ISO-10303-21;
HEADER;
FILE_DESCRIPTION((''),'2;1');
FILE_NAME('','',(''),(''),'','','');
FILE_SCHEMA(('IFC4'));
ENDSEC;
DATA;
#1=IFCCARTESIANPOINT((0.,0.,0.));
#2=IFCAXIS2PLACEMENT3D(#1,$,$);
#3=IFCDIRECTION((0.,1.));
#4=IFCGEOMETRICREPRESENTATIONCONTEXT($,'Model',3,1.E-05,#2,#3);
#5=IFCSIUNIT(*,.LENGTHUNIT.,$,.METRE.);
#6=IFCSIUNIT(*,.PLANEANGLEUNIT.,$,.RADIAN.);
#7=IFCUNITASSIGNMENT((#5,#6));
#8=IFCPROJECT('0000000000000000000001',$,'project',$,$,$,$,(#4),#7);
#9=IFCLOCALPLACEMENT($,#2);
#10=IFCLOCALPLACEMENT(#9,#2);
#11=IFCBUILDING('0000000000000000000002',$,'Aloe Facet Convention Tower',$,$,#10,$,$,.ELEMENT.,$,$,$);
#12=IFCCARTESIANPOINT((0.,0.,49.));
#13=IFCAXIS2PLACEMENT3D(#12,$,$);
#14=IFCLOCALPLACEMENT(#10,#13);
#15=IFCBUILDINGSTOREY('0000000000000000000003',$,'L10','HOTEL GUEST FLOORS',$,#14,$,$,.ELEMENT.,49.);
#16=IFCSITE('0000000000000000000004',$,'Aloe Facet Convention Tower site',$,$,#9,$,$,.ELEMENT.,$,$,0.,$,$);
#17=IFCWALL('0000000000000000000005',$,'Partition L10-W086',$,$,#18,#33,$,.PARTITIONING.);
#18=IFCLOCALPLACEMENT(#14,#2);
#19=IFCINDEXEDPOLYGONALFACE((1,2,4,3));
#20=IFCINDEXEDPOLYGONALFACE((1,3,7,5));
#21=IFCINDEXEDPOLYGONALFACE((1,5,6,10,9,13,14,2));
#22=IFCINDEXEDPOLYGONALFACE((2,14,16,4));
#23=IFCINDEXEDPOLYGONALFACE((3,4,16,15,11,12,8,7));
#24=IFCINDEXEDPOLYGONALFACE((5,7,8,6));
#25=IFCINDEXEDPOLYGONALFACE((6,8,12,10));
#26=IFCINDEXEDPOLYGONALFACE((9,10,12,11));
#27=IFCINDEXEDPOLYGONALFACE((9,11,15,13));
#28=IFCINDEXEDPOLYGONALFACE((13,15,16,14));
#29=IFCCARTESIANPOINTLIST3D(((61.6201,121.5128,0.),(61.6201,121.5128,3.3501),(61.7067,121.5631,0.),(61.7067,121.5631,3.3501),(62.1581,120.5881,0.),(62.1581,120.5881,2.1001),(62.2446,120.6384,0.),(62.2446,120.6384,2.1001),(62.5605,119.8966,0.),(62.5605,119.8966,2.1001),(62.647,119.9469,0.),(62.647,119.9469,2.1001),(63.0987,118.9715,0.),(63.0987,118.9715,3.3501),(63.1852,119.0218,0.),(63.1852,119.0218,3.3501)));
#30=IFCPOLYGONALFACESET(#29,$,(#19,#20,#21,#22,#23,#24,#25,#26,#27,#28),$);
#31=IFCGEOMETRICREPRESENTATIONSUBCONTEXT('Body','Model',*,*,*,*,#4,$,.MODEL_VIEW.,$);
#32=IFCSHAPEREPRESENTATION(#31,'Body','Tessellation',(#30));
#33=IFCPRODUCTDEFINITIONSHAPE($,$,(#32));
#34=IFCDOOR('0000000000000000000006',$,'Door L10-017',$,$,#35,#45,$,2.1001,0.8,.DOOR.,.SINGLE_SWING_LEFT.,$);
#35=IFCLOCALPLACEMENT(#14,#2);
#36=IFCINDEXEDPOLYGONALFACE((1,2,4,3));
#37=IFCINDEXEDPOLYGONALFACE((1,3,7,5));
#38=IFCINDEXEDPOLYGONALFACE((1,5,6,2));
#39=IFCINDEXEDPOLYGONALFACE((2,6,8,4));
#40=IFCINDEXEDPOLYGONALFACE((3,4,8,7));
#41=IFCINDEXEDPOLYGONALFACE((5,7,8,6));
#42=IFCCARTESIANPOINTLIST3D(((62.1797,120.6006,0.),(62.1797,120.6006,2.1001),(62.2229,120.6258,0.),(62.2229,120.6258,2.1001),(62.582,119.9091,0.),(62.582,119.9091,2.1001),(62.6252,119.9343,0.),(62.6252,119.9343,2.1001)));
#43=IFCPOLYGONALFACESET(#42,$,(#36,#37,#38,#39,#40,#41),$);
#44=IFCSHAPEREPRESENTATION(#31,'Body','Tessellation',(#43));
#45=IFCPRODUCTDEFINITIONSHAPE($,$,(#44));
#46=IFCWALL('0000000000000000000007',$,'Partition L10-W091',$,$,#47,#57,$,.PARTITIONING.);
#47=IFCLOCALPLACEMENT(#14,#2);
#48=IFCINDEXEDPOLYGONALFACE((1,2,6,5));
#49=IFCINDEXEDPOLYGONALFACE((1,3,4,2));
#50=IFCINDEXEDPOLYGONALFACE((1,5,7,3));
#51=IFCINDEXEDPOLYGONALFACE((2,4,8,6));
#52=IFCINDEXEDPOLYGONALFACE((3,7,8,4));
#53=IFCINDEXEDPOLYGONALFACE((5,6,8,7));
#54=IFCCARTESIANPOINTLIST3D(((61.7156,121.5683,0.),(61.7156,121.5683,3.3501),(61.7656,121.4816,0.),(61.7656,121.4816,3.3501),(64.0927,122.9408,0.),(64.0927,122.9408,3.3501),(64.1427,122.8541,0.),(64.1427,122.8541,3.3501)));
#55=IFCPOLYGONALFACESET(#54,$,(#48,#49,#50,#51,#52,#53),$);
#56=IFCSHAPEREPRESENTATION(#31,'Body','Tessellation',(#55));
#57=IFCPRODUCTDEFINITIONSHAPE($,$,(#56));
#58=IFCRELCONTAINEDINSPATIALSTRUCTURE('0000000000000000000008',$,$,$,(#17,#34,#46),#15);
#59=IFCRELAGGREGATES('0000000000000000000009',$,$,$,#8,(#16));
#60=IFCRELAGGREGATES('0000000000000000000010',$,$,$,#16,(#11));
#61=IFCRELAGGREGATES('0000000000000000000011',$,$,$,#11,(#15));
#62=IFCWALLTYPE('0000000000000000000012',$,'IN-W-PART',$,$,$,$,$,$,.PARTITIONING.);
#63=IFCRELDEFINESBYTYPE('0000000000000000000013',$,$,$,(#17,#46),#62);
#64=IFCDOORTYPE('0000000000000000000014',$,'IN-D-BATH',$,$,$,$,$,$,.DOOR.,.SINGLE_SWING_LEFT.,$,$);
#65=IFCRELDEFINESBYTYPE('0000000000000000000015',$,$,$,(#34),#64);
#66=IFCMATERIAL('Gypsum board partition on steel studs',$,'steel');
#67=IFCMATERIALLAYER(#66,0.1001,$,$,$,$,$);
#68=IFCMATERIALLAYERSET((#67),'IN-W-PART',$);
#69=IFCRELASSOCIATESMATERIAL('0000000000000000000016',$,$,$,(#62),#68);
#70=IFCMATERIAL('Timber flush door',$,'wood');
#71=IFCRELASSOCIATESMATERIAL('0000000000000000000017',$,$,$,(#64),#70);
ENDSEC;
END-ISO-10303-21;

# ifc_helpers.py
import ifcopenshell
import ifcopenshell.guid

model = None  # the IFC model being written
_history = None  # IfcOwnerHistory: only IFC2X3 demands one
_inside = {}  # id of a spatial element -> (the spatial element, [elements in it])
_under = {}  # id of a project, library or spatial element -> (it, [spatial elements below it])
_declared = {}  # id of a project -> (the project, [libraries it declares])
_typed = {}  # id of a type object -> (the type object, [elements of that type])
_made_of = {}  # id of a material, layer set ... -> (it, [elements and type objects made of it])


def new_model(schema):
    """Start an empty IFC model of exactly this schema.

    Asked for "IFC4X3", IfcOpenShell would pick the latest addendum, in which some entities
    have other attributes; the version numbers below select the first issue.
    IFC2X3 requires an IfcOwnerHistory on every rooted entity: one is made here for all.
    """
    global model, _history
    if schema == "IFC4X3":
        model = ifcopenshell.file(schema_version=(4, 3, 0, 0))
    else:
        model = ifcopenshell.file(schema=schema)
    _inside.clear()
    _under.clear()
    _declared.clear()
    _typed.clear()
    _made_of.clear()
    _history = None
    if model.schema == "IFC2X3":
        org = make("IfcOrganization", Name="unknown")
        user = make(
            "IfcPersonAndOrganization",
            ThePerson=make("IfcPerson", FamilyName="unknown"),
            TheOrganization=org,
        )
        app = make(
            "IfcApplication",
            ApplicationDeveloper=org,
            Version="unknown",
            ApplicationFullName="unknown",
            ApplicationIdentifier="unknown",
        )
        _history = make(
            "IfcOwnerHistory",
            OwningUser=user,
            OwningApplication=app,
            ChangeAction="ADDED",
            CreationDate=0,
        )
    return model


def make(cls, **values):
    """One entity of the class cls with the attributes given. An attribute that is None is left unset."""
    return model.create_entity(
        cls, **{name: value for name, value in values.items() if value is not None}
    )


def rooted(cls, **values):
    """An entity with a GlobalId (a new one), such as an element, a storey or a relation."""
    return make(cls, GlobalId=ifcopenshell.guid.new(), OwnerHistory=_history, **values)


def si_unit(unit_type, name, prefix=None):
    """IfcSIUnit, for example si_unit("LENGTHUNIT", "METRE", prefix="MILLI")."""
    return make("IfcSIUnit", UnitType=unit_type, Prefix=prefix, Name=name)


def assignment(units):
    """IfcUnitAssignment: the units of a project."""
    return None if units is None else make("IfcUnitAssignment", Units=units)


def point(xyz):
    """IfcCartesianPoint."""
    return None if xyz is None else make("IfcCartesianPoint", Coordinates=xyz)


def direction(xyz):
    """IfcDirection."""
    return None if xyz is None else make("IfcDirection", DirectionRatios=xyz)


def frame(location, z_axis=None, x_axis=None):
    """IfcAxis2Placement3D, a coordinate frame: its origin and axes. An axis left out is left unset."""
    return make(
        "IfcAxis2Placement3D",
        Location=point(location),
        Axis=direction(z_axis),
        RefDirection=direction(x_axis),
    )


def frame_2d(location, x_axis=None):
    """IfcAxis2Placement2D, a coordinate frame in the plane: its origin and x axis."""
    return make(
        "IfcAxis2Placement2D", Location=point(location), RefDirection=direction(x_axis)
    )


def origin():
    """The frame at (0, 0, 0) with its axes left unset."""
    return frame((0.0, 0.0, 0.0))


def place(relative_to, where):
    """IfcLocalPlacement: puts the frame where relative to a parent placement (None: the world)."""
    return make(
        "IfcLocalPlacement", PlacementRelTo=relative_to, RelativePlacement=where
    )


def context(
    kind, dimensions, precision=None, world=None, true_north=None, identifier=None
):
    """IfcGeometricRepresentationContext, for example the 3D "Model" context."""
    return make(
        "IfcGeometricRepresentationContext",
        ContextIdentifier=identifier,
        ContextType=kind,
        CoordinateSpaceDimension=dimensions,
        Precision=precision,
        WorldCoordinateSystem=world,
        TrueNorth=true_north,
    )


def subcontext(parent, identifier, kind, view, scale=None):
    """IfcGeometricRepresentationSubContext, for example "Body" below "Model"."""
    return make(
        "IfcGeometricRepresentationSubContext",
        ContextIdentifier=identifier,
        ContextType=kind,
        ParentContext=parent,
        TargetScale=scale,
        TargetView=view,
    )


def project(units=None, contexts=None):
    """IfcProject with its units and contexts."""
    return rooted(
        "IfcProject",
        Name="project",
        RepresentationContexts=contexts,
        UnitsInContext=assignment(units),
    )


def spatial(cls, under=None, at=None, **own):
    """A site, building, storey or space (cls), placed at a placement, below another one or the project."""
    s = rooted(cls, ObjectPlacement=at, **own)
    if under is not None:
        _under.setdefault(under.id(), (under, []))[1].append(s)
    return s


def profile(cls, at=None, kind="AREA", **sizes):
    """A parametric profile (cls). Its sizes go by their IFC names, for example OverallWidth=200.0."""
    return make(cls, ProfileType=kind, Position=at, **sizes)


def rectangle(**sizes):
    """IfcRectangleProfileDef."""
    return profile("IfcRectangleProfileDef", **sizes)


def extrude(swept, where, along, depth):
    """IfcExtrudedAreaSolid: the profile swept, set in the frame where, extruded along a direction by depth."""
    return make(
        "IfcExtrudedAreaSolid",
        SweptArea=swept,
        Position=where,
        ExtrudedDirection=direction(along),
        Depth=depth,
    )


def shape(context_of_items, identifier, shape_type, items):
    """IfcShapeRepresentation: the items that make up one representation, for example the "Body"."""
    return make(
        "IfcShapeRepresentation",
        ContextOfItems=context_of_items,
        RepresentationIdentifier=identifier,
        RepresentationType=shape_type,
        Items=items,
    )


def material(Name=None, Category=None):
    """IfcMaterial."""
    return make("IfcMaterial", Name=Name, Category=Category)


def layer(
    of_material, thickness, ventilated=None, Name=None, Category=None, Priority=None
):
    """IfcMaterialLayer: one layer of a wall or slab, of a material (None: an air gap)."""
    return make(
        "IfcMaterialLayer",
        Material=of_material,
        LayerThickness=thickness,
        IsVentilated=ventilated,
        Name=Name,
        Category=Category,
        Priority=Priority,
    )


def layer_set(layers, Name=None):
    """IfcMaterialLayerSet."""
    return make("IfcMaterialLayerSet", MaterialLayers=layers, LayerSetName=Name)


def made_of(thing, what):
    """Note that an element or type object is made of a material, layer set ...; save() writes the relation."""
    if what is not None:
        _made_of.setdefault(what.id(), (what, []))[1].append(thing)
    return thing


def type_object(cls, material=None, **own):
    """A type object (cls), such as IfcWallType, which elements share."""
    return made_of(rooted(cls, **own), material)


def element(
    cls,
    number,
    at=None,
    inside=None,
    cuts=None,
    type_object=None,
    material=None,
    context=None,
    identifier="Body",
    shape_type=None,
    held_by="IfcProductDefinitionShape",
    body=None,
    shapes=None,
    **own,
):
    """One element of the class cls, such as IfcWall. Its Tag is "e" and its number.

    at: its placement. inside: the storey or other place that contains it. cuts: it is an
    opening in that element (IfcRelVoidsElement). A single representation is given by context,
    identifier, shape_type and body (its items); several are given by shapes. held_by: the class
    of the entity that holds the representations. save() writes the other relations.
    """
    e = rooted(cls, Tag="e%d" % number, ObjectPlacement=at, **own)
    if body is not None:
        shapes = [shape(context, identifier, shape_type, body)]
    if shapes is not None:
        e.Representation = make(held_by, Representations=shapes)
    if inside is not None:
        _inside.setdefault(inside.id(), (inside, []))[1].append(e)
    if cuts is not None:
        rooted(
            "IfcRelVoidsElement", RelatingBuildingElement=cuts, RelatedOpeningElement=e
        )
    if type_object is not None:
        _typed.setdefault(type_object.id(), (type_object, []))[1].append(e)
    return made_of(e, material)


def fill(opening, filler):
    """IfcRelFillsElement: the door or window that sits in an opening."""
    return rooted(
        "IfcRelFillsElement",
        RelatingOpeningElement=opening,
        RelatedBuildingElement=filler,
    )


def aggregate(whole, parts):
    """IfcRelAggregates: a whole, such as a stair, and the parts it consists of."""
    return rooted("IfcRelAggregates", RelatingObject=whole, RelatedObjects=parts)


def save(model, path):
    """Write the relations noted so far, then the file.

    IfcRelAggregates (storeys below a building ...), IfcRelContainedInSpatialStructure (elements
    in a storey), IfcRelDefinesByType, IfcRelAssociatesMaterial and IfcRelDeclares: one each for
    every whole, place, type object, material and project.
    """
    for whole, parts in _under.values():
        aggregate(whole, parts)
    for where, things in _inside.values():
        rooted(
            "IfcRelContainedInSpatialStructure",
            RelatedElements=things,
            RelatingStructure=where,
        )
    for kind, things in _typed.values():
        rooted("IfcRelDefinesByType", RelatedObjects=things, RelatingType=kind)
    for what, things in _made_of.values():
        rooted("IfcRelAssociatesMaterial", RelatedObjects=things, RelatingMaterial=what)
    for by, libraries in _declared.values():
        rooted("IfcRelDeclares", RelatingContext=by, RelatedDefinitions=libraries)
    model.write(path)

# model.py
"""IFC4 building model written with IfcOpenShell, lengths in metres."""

from ifc_helpers import new_model, si_unit, direction, frame, frame_2d, origin, place, context, subcontext, project, spatial, rectangle, extrude, material, layer, layer_set, type_object, element, fill, save


model = new_model("IFC4")

# Units and contexts
model_context = context("Model", 3, precision=1e-05, world=origin(), true_north=direction((0.0, 1.0)))
body_context = subcontext(model_context, "Body", "Model", "MODEL_VIEW")
ifc_project = project(units=[si_unit("LENGTHUNIT", "METRE"), si_unit("PLANEANGLEUNIT", "RADIAN")], contexts=[model_context])

# Site, building, storey
site_placement = place(None, origin())
site = spatial("IfcSite", under=ifc_project, at=site_placement, Name="Aloe Facet Convention Tower site", CompositionType="ELEMENT", RefElevation=0.0)
building_placement = place(site_placement, origin())
building = spatial("IfcBuilding", under=site, at=building_placement, Name="Aloe Facet Convention Tower", CompositionType="ELEMENT")
storey_placement = place(building_placement, frame((0.0, 0.0, 49.0)))
storey = spatial("IfcBuildingStorey", under=building, at=storey_placement, Name="L10", Description="HOTEL GUEST FLOORS", CompositionType="ELEMENT", Elevation=49.0)

# Wall, opening, door
ifc_material_1 = material(Name="Gypsum board partition on steel studs", Category="steel")
ifc_layer_1 = layer(ifc_material_1, 0.1001)
ifc_layer_set_1 = layer_set([ifc_layer_1], Name="IN-W-PART")
wall_type_1 = type_object("IfcWallType", Name="IN-W-PART", PredefinedType="PARTITIONING", material=ifc_layer_set_1)
wall_1_placement = place(storey_placement, frame((61.6633, 121.5381, 0.0), z_axis=(0.0, 0.0, 1.0), x_axis=(0.502885, -0.864354, 0.0)))
wall_1 = element("IfcWall", 1, at=wall_1_placement, inside=storey, type_object=wall_type_1, Name="Partition L10-W086", PredefinedType="PARTITIONING", context=body_context, shape_type="SweptSolid", body=[
    extrude(rectangle(XDim=2.9402, YDim=0.1001, at=frame_2d((1.4702, 0.0))), origin(), (0.0, 0.0, 1.0), 3.3501),
])
opening_1_placement = place(wall_1_placement, frame((1.0701, 0.0, 0.0)))
opening_1 = element("IfcOpeningElement", 2, at=opening_1_placement, cuts=wall_1, PredefinedType="OPENING", context=body_context, shape_type="SweptSolid", body=[
    extrude(rectangle(XDim=0.8, YDim=2.1001, at=frame_2d((0.3999, 1.05))), frame((0.0, 0.0601, 0.0), z_axis=(0.0, -1.0, 0.0), x_axis=(1.0, 0.0, 0.0)), (0.0, 0.0, 1.0), 0.1201),
])
ifc_material_2 = material(Name="Timber flush door", Category="wood")
door_type_1 = type_object("IfcDoorType", Name="IN-D-BATH", OperationType="SINGLE_SWING_LEFT", PredefinedType="DOOR", material=ifc_material_2)
door_1_placement = place(opening_1_placement, origin())
door_1 = element("IfcDoor", 3, at=door_1_placement, inside=storey, type_object=door_type_1, Name="Door L10-017", OperationType="SINGLE_SWING_LEFT", OverallHeight=2.1001, OverallWidth=0.8, PredefinedType="DOOR", context=body_context, shape_type="SweptSolid", body=[
    extrude(rectangle(XDim=0.8, YDim=2.1001, at=frame_2d((0.3999, 1.05))), frame((0.0, 0.0249, 0.0), z_axis=(0.0, -1.0, 0.0), x_axis=(1.0, 0.0, 0.0)), (0.0, 0.0, 1.0), 0.05),
])
fill(opening_1, door_1)

# Wall
wall_2_placement = place(storey_placement, frame((61.7405, 121.5249, 0.0), z_axis=(0.0, 0.0, 1.0), x_axis=(0.866012, 0.500023, 0.0)))
element("IfcWall", 4, at=wall_2_placement, inside=storey, type_object=wall_type_1, Name="Partition L10-W091", PredefinedType="PARTITIONING", context=body_context, shape_type="SweptSolid", body=[
    extrude(rectangle(XDim=2.7449, YDim=0.1001, at=frame_2d((1.3726, 0.0))), origin(), (0.0, 0.0, 1.0), 3.3501),
])

save(model, "model.ifc")
